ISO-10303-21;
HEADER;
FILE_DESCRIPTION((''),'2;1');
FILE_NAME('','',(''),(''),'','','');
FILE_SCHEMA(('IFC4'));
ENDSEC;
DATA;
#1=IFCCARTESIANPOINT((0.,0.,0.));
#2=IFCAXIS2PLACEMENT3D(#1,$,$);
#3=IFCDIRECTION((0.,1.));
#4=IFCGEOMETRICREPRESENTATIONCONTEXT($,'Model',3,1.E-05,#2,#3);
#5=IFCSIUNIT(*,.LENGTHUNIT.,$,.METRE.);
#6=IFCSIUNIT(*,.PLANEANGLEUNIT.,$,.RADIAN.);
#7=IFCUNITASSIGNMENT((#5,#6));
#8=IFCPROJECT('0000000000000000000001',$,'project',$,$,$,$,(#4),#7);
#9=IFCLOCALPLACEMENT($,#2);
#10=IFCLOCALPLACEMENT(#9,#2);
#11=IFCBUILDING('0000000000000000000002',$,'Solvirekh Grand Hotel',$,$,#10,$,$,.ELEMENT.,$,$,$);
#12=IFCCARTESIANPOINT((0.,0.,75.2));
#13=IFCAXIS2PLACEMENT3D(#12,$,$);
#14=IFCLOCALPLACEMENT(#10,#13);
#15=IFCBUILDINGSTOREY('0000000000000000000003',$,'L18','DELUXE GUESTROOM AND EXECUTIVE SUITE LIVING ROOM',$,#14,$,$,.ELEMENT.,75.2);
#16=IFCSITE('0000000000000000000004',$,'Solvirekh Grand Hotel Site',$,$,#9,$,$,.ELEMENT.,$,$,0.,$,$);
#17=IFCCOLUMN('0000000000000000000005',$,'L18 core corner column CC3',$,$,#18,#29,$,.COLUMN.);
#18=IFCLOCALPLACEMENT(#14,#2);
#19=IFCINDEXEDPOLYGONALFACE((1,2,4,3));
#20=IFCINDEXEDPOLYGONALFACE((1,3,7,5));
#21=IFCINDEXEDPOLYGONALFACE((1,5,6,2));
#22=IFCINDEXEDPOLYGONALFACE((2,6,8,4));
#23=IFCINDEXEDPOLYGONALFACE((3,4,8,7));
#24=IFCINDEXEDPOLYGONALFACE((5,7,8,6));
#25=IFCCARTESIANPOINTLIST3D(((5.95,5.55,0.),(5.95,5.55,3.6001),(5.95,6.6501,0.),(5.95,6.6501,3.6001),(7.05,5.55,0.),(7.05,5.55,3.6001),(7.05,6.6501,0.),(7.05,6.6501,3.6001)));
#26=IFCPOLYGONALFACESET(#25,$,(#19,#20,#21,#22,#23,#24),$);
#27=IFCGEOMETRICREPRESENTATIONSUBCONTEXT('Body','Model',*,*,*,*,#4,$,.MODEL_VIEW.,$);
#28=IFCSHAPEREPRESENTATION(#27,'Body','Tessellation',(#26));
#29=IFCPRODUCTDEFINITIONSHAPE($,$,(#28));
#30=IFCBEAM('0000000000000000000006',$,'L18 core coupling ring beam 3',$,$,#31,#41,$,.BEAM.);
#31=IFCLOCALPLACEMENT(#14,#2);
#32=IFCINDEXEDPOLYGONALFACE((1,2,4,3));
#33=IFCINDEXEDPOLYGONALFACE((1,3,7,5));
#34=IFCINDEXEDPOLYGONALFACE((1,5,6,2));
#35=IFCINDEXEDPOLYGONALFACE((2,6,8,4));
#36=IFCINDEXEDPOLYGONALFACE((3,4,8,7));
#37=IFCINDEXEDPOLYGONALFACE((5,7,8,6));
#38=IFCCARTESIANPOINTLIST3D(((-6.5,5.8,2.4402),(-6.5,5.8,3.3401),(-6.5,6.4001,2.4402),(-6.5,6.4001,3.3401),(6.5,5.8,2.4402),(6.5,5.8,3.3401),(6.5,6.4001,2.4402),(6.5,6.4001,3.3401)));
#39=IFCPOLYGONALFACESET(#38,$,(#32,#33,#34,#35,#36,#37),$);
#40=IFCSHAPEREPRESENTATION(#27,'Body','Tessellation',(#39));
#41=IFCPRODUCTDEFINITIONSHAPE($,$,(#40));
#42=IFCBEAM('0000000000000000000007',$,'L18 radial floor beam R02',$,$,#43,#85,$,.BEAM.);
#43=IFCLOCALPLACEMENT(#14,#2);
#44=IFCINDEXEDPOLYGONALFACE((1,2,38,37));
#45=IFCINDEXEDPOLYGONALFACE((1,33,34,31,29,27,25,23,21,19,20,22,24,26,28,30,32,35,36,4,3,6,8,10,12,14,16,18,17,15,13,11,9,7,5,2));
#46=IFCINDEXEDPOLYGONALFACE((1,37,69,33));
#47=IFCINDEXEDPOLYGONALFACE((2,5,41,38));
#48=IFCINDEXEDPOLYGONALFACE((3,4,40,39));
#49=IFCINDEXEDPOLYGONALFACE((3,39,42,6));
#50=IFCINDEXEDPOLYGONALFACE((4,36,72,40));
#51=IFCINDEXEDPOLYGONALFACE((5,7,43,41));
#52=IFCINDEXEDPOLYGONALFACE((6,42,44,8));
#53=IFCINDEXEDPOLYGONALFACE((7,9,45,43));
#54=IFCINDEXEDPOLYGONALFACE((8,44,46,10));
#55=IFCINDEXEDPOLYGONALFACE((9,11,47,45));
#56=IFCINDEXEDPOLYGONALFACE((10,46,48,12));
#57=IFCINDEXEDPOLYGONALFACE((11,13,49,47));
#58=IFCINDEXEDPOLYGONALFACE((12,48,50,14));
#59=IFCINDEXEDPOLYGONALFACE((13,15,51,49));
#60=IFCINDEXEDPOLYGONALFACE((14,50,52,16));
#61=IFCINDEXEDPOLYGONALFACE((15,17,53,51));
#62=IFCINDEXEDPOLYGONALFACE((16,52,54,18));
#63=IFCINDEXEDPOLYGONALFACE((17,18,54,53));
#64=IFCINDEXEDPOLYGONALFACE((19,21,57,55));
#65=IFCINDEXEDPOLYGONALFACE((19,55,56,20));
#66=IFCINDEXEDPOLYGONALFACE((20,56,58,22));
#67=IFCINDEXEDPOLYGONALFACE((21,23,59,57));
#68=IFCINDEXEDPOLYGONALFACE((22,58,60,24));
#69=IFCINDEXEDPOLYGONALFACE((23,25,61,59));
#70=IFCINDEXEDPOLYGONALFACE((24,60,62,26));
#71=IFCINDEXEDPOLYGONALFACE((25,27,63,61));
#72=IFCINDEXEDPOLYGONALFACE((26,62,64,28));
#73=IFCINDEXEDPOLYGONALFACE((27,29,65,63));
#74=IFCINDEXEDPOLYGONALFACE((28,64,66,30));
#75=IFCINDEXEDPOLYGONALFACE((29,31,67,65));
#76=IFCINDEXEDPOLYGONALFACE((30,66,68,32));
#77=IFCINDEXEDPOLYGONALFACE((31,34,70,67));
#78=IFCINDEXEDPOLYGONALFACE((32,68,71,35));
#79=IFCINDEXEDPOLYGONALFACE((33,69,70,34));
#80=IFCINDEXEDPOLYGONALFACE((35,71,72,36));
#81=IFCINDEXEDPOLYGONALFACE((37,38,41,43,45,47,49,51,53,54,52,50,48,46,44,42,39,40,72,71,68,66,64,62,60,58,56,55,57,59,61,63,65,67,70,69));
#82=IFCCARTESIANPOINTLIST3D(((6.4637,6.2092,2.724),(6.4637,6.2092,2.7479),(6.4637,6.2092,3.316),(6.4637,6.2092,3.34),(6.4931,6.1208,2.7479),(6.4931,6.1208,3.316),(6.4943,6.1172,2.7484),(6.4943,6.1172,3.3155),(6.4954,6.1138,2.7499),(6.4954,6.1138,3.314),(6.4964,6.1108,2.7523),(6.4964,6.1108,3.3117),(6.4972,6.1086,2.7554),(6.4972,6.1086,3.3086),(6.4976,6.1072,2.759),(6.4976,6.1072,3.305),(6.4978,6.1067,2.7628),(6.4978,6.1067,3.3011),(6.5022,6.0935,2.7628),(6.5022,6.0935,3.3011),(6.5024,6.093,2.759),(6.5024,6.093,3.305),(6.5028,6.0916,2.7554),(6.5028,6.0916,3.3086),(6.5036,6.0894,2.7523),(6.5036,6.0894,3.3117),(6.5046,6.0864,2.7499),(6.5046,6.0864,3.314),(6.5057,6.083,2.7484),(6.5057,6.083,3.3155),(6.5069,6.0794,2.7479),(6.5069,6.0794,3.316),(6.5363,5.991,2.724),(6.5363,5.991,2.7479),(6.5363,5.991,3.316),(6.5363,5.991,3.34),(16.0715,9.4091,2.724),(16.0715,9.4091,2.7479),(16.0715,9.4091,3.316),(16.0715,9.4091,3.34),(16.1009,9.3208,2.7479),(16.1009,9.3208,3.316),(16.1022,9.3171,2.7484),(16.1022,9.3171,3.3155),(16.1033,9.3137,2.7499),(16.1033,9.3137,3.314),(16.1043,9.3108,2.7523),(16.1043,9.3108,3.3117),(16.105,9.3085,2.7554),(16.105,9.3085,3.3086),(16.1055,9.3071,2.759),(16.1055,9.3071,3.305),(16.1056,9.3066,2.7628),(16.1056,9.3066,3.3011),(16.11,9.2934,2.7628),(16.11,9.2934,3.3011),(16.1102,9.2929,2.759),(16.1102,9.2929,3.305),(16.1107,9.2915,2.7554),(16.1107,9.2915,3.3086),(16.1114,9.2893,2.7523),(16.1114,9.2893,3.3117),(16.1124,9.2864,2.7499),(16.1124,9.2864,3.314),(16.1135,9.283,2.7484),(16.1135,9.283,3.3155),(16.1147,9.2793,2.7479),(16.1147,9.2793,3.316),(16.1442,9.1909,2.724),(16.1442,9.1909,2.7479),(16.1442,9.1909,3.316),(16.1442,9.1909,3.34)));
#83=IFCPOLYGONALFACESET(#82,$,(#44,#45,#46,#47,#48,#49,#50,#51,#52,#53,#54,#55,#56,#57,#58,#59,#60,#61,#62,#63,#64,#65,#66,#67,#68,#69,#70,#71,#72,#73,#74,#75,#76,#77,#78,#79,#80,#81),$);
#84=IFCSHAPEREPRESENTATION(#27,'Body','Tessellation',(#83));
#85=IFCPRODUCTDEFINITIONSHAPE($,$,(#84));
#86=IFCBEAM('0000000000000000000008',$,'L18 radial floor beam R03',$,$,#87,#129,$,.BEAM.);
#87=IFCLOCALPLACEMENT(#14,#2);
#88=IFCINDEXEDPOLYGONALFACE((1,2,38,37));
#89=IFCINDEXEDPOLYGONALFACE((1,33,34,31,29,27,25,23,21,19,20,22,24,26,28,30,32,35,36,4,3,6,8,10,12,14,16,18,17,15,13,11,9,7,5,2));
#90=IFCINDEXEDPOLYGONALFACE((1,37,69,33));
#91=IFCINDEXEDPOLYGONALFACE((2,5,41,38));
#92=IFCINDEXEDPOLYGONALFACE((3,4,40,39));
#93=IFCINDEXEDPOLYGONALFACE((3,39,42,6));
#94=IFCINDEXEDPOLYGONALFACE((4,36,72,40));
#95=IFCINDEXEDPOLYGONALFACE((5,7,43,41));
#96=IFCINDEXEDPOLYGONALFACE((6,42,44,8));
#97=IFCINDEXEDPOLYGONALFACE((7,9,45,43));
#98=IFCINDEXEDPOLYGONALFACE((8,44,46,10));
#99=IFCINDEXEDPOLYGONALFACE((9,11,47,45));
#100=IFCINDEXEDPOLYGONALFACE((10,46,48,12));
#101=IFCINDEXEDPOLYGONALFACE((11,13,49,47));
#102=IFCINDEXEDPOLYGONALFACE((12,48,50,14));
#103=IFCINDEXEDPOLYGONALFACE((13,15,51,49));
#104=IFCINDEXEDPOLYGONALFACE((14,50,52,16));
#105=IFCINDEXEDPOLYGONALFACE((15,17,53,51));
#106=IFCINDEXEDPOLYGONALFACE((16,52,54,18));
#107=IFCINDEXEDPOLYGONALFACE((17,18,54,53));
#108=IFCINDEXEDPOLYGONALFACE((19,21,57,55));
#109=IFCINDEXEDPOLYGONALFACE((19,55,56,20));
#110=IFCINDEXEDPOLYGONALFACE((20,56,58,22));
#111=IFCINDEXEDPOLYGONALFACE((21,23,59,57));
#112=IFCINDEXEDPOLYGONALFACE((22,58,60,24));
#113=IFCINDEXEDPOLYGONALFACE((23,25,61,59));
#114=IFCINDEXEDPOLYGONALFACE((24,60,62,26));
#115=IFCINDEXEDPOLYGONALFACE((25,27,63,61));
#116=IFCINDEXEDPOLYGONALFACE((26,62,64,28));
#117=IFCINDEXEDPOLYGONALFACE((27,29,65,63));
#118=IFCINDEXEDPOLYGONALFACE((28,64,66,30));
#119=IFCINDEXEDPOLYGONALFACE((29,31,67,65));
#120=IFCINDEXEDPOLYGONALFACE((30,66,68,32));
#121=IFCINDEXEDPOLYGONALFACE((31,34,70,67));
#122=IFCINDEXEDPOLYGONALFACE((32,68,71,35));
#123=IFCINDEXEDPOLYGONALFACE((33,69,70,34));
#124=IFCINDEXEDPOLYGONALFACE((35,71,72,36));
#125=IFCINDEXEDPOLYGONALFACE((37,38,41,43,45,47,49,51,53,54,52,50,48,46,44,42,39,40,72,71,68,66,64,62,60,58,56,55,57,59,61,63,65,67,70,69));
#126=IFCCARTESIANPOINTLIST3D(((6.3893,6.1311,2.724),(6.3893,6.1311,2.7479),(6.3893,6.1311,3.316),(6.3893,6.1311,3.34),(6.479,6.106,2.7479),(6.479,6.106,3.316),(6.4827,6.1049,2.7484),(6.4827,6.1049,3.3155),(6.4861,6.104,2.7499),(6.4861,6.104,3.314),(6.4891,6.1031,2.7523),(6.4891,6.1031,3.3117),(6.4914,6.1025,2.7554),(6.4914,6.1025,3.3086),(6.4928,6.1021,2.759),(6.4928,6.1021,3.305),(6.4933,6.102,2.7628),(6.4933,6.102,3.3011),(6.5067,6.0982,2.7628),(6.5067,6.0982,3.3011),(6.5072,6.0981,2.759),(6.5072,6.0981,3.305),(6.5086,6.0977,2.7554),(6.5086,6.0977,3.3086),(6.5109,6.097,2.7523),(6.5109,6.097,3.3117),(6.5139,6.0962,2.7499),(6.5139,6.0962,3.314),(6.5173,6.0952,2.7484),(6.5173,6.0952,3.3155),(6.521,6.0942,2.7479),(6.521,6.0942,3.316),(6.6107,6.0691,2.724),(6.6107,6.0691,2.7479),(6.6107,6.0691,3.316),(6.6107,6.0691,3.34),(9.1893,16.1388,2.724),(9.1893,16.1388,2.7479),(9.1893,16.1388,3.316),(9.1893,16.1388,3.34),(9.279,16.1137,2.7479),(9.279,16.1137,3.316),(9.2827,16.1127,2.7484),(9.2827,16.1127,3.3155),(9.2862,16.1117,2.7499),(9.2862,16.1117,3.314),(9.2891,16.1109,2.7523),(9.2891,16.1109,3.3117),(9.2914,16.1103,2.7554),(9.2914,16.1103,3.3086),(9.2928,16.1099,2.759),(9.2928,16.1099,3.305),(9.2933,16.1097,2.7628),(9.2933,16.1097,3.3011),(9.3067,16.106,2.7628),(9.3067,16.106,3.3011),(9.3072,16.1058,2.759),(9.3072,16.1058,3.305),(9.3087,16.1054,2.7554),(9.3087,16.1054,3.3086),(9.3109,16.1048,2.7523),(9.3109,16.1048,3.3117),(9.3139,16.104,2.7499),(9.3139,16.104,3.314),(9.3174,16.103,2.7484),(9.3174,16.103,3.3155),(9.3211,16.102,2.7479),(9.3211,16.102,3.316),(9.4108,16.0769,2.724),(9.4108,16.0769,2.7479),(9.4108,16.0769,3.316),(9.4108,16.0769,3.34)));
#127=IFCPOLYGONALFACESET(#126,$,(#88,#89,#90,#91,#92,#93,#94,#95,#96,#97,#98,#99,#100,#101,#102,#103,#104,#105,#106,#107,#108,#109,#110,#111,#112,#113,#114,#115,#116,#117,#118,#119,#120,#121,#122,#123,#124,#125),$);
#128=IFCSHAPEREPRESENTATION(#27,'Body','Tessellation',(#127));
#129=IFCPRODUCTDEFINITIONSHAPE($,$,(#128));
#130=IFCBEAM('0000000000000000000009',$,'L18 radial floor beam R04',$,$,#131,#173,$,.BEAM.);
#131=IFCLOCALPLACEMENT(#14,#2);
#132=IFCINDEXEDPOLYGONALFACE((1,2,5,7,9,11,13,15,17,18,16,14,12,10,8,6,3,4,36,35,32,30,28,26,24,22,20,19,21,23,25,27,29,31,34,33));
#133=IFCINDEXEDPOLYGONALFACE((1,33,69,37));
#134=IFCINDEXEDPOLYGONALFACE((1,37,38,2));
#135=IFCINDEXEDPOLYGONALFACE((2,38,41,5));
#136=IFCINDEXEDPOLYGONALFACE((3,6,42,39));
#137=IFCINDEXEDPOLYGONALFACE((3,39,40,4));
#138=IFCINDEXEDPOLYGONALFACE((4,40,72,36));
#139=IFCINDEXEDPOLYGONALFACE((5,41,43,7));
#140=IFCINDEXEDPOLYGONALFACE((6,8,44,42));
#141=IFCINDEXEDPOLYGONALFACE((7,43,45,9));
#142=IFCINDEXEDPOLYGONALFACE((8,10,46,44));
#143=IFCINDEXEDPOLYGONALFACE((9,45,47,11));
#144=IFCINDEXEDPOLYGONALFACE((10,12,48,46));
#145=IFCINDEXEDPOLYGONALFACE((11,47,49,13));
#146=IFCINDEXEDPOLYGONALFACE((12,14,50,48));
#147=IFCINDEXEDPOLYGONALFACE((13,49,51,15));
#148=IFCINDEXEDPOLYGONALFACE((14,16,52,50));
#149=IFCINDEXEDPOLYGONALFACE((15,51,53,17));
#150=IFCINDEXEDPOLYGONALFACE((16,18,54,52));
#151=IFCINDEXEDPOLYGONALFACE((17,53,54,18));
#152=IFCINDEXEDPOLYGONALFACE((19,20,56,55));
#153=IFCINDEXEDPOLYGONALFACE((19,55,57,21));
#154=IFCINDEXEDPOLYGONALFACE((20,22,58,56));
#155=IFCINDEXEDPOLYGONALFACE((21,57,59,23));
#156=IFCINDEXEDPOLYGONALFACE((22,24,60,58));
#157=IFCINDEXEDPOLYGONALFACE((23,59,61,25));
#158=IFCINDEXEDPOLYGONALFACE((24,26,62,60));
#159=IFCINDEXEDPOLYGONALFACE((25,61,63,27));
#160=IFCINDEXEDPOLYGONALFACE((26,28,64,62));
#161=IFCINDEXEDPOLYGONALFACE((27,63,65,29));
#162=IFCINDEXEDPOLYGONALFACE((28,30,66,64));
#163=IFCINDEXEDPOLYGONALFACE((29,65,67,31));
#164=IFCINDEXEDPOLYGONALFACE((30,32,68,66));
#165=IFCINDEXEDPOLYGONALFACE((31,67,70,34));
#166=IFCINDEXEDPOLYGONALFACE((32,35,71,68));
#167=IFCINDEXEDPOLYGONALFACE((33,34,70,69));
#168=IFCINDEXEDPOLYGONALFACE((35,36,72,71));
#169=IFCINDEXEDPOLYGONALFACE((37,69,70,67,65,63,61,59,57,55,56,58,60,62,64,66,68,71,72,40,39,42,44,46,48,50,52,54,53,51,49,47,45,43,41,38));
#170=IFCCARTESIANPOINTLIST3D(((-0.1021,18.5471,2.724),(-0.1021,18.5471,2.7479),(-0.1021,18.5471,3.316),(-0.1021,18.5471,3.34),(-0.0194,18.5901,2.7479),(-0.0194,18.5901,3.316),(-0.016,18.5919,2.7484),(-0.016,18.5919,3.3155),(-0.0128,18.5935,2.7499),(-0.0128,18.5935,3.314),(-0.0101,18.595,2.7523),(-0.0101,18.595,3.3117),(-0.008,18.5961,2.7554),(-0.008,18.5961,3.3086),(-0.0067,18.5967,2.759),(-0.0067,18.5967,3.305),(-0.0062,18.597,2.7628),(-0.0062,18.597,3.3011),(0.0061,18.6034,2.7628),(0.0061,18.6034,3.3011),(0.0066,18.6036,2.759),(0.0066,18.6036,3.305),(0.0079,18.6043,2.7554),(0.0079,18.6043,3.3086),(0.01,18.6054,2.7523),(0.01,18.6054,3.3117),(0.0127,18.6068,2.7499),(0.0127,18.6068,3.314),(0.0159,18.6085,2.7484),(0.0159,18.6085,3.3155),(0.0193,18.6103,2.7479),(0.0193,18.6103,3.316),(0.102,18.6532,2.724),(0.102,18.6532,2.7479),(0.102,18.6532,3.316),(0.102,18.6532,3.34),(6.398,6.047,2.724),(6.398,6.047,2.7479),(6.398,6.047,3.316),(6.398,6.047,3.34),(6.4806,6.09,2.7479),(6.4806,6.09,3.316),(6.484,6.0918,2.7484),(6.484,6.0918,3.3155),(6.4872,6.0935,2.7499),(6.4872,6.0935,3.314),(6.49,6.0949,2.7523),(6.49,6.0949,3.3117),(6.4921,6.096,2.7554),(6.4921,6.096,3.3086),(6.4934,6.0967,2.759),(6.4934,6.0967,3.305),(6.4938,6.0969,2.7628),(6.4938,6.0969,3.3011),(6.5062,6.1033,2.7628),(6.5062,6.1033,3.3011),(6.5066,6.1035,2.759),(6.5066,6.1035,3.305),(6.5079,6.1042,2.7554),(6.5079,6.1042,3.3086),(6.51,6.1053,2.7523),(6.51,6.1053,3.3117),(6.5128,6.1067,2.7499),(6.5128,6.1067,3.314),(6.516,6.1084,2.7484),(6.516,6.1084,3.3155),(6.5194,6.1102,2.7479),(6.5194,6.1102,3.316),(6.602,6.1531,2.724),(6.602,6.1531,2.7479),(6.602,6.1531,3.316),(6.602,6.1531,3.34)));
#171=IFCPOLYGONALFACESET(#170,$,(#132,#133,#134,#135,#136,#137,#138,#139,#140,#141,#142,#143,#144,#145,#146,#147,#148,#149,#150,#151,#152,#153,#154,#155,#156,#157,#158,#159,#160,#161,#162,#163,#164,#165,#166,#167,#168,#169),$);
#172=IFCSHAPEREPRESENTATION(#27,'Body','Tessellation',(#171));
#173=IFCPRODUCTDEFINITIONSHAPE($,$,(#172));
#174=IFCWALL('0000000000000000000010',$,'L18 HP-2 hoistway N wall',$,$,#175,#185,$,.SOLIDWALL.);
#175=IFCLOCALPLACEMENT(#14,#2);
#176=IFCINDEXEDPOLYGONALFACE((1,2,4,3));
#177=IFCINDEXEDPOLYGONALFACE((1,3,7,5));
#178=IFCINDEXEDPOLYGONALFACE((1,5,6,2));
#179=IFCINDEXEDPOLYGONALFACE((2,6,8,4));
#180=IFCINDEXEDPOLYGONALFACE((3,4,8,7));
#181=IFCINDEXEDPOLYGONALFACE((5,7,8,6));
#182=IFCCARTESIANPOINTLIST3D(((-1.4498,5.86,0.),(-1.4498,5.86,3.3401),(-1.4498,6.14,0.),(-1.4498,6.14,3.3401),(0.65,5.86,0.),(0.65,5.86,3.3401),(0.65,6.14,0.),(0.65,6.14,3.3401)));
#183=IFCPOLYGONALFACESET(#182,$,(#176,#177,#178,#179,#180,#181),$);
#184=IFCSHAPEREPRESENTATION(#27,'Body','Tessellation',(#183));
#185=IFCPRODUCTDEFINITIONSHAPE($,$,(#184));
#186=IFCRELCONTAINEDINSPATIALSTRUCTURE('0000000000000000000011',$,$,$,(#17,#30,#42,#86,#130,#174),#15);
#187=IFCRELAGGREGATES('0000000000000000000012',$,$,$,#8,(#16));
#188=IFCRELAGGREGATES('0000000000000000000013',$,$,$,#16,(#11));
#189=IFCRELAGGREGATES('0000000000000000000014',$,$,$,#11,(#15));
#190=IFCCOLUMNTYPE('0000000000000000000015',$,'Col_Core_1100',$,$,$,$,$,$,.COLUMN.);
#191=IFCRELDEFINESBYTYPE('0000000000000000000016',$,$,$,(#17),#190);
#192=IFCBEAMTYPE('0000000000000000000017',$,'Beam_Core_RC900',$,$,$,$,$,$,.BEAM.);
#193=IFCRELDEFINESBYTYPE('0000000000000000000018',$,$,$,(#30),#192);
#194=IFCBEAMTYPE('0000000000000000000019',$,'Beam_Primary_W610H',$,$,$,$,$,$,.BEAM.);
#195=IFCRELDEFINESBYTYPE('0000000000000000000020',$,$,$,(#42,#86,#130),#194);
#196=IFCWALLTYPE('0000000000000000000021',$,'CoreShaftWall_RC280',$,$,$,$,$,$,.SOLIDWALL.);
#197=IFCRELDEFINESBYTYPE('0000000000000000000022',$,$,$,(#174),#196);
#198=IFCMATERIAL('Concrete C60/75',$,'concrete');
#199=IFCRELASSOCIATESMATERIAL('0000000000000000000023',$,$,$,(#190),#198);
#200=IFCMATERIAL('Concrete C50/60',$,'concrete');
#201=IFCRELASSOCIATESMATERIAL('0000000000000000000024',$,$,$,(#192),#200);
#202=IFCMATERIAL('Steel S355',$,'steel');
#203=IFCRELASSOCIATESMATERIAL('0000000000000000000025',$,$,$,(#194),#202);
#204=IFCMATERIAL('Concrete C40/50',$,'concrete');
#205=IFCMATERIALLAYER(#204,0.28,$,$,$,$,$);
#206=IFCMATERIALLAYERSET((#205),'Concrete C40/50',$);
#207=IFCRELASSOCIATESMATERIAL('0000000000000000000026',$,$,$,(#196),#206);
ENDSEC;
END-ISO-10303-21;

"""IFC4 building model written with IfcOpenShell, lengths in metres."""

from ifc_helpers import new_model, si_unit, direction, frame, frame_2d, origin, origin_2d, place, context, subcontext, project, spatial, rectangle, i_section, extrude, material, layer, layer_set, material_profile, profile_set, type_object, element, save


model = new_model("IFC4")

# Units and contexts
model_context = context("Model", 3, precision=1e-05, world=origin(), true_north=direction((0.0, 1.0)))
body_context = subcontext(model_context, "Body", "Model", "MODEL_VIEW")
ifc_project = project(units=[si_unit("LENGTHUNIT", "METRE"), si_unit("PLANEANGLEUNIT", "RADIAN")], contexts=[model_context])

# Site, building, storey
site_placement = place(None, origin())
site = spatial("IfcSite", under=ifc_project, at=site_placement, Name="Solvirekh Grand Hotel Site", CompositionType="ELEMENT", RefElevation=0.0)
building_placement = place(site_placement, origin())
building = spatial("IfcBuilding", under=site, at=building_placement, Name="Solvirekh Grand Hotel", CompositionType="ELEMENT")
storey_placement = place(building_placement, frame((0.0, 0.0, 75.2)))
storey = spatial("IfcBuildingStorey", under=building, at=storey_placement, Name="L18", Description="DELUXE GUESTROOM AND EXECUTIVE SUITE LIVING ROOM", CompositionType="ELEMENT", Elevation=75.2)

# Column
ifc_material_1 = material(Name="Concrete C60/75", Category="concrete")
ifc_material_profile_1 = material_profile(ifc_material_1, rectangle(XDim=1.1001, YDim=1.1001, at=origin_2d()), Name="RC 1100X1100")
ifc_profile_set_1 = profile_set([ifc_material_profile_1], Name="Concrete C60/75")
column_type = type_object("IfcColumnType", Name="Col_Core_1100", PredefinedType="COLUMN", material=ifc_profile_set_1)
column_placement = place(storey_placement, frame((6.5, 6.1001, 0.0), z_axis=(0.0, 0.0, 1.0), x_axis=(1.0, 0.0, 0.0)))
element("IfcColumn", 1, at=column_placement, inside=storey, type_object=column_type, Name="L18 core corner column CC3", PredefinedType="COLUMN", context=body_context, shape_type="SweptSolid", body=[
    extrude(rectangle(XDim=1.1001, YDim=1.1001, at=origin_2d()), origin(), (0.0, 0.0, 1.0), 3.6001),
])

# Beams
ifc_material_2 = material(Name="Concrete C50/60", Category="concrete")
ifc_material_profile_2 = material_profile(ifc_material_2, rectangle(XDim=0.6001, YDim=0.8999, at=origin_2d()), Name="RC BEAM 600X900")
ifc_profile_set_2 = profile_set([ifc_material_profile_2], Name="Concrete C50/60")
beam_type_1 = type_object("IfcBeamType", Name="Beam_Core_RC900", PredefinedType="BEAM", material=ifc_profile_set_2)
beam_1_placement = place(storey_placement, frame((6.5, 6.1001, 2.8901), z_axis=(-1.0, 0.0, 0.0), x_axis=(0.0, -1.0, 0.0)))
element("IfcBeam", 2, at=beam_1_placement, inside=storey, type_object=beam_type_1, Name="L18 core coupling ring beam 3", PredefinedType="BEAM", context=body_context, shape_type="SweptSolid", body=[
    extrude(rectangle(XDim=0.6001, YDim=0.8999, at=origin_2d()), origin(), (0.0, 0.0, 1.0), 13.0),
])
ifc_material_3 = material(Name="Steel S355", Category="steel")
ifc_material_profile_3 = material_profile(ifc_material_3, i_section(OverallWidth=0.23, OverallDepth=0.616, WebThickness=0.0139, FlangeThickness=0.0239, FilletRadius=0.0149, at=origin_2d()), Name="W610X174")
ifc_profile_set_3 = profile_set([ifc_material_profile_3], Name="Steel S355")
beam_type_2 = type_object("IfcBeamType", Name="Beam_Primary_W610H", PredefinedType="BEAM", material=ifc_profile_set_3)
beam_2_placement = place(storey_placement, frame((6.5, 6.1001, 3.032), z_axis=(0.948763, 0.315989, 0.0), x_axis=(-0.315989, 0.948763, 0.0)))
element("IfcBeam", 3, at=beam_2_placement, inside=storey, type_object=beam_type_2, Name="L18 radial floor beam R02", PredefinedType="BEAM", context=body_context, shape_type="SweptSolid", body=[
    extrude(i_section(OverallWidth=0.23, OverallDepth=0.616, WebThickness=0.0139, FlangeThickness=0.0239, FilletRadius=0.0149, at=origin_2d()), origin(), (0.0, 0.0, 1.0), 10.1267),
])
beam_3_placement = place(storey_placement, frame((6.5, 6.1001, 3.032), z_axis=(0.269439, 0.963017, 0.0), x_axis=(-0.963017, 0.269439, 0.0)))
element("IfcBeam", 4, at=beam_3_placement, inside=storey, type_object=beam_type_2, Name="L18 radial floor beam R03", PredefinedType="BEAM", context=body_context, shape_type="SweptSolid", body=[
    extrude(i_section(OverallWidth=0.23, OverallDepth=0.616, WebThickness=0.0139, FlangeThickness=0.0239, FilletRadius=0.0149, at=origin_2d()), origin(), (0.0, 0.0, 1.0), 10.3921),
])
beam_4_placement = place(storey_placement, frame((6.5, 6.1001, 3.032), z_axis=(-0.461353, 0.887217, 0.0), x_axis=(-0.887217, -0.461353, 0.0)))
element("IfcBeam", 5, at=beam_4_placement, inside=storey, type_object=beam_type_2, Name="L18 radial floor beam R04", PredefinedType="BEAM", context=body_context, shape_type="SweptSolid", body=[
    extrude(i_section(OverallWidth=0.23, OverallDepth=0.616, WebThickness=0.0139, FlangeThickness=0.0239, FilletRadius=0.0149, at=origin_2d()), origin(), (0.0, 0.0, 1.0), 14.0891),
])

# Wall
ifc_material_4 = material(Name="Concrete C40/50", Category="concrete")
ifc_layer_1 = layer(ifc_material_4, 0.28)
ifc_layer_set_1 = layer_set([ifc_layer_1], Name="Concrete C40/50")
wall_type_1 = type_object("IfcWallType", Name="CoreShaftWall_RC280", PredefinedType="SOLIDWALL", material=ifc_layer_set_1)
wall_1_placement = place(storey_placement, frame((0.6499, 6.0, 0.0), z_axis=(0.0, 0.0, 1.0), x_axis=(-1.0, 0.0, 0.0)))
element("IfcWall", 6, at=wall_1_placement, inside=storey, type_object=wall_type_1, Name="L18 HP-2 hoistway N wall", PredefinedType="SOLIDWALL", context=body_context, shape_type="SweptSolid", body=[
    extrude(rectangle(XDim=2.0999, YDim=0.28, at=frame_2d((1.0498, 0.0))), origin(), (0.0, 0.0, 1.0), 3.3401),
])

save(model, "model.ifc")
